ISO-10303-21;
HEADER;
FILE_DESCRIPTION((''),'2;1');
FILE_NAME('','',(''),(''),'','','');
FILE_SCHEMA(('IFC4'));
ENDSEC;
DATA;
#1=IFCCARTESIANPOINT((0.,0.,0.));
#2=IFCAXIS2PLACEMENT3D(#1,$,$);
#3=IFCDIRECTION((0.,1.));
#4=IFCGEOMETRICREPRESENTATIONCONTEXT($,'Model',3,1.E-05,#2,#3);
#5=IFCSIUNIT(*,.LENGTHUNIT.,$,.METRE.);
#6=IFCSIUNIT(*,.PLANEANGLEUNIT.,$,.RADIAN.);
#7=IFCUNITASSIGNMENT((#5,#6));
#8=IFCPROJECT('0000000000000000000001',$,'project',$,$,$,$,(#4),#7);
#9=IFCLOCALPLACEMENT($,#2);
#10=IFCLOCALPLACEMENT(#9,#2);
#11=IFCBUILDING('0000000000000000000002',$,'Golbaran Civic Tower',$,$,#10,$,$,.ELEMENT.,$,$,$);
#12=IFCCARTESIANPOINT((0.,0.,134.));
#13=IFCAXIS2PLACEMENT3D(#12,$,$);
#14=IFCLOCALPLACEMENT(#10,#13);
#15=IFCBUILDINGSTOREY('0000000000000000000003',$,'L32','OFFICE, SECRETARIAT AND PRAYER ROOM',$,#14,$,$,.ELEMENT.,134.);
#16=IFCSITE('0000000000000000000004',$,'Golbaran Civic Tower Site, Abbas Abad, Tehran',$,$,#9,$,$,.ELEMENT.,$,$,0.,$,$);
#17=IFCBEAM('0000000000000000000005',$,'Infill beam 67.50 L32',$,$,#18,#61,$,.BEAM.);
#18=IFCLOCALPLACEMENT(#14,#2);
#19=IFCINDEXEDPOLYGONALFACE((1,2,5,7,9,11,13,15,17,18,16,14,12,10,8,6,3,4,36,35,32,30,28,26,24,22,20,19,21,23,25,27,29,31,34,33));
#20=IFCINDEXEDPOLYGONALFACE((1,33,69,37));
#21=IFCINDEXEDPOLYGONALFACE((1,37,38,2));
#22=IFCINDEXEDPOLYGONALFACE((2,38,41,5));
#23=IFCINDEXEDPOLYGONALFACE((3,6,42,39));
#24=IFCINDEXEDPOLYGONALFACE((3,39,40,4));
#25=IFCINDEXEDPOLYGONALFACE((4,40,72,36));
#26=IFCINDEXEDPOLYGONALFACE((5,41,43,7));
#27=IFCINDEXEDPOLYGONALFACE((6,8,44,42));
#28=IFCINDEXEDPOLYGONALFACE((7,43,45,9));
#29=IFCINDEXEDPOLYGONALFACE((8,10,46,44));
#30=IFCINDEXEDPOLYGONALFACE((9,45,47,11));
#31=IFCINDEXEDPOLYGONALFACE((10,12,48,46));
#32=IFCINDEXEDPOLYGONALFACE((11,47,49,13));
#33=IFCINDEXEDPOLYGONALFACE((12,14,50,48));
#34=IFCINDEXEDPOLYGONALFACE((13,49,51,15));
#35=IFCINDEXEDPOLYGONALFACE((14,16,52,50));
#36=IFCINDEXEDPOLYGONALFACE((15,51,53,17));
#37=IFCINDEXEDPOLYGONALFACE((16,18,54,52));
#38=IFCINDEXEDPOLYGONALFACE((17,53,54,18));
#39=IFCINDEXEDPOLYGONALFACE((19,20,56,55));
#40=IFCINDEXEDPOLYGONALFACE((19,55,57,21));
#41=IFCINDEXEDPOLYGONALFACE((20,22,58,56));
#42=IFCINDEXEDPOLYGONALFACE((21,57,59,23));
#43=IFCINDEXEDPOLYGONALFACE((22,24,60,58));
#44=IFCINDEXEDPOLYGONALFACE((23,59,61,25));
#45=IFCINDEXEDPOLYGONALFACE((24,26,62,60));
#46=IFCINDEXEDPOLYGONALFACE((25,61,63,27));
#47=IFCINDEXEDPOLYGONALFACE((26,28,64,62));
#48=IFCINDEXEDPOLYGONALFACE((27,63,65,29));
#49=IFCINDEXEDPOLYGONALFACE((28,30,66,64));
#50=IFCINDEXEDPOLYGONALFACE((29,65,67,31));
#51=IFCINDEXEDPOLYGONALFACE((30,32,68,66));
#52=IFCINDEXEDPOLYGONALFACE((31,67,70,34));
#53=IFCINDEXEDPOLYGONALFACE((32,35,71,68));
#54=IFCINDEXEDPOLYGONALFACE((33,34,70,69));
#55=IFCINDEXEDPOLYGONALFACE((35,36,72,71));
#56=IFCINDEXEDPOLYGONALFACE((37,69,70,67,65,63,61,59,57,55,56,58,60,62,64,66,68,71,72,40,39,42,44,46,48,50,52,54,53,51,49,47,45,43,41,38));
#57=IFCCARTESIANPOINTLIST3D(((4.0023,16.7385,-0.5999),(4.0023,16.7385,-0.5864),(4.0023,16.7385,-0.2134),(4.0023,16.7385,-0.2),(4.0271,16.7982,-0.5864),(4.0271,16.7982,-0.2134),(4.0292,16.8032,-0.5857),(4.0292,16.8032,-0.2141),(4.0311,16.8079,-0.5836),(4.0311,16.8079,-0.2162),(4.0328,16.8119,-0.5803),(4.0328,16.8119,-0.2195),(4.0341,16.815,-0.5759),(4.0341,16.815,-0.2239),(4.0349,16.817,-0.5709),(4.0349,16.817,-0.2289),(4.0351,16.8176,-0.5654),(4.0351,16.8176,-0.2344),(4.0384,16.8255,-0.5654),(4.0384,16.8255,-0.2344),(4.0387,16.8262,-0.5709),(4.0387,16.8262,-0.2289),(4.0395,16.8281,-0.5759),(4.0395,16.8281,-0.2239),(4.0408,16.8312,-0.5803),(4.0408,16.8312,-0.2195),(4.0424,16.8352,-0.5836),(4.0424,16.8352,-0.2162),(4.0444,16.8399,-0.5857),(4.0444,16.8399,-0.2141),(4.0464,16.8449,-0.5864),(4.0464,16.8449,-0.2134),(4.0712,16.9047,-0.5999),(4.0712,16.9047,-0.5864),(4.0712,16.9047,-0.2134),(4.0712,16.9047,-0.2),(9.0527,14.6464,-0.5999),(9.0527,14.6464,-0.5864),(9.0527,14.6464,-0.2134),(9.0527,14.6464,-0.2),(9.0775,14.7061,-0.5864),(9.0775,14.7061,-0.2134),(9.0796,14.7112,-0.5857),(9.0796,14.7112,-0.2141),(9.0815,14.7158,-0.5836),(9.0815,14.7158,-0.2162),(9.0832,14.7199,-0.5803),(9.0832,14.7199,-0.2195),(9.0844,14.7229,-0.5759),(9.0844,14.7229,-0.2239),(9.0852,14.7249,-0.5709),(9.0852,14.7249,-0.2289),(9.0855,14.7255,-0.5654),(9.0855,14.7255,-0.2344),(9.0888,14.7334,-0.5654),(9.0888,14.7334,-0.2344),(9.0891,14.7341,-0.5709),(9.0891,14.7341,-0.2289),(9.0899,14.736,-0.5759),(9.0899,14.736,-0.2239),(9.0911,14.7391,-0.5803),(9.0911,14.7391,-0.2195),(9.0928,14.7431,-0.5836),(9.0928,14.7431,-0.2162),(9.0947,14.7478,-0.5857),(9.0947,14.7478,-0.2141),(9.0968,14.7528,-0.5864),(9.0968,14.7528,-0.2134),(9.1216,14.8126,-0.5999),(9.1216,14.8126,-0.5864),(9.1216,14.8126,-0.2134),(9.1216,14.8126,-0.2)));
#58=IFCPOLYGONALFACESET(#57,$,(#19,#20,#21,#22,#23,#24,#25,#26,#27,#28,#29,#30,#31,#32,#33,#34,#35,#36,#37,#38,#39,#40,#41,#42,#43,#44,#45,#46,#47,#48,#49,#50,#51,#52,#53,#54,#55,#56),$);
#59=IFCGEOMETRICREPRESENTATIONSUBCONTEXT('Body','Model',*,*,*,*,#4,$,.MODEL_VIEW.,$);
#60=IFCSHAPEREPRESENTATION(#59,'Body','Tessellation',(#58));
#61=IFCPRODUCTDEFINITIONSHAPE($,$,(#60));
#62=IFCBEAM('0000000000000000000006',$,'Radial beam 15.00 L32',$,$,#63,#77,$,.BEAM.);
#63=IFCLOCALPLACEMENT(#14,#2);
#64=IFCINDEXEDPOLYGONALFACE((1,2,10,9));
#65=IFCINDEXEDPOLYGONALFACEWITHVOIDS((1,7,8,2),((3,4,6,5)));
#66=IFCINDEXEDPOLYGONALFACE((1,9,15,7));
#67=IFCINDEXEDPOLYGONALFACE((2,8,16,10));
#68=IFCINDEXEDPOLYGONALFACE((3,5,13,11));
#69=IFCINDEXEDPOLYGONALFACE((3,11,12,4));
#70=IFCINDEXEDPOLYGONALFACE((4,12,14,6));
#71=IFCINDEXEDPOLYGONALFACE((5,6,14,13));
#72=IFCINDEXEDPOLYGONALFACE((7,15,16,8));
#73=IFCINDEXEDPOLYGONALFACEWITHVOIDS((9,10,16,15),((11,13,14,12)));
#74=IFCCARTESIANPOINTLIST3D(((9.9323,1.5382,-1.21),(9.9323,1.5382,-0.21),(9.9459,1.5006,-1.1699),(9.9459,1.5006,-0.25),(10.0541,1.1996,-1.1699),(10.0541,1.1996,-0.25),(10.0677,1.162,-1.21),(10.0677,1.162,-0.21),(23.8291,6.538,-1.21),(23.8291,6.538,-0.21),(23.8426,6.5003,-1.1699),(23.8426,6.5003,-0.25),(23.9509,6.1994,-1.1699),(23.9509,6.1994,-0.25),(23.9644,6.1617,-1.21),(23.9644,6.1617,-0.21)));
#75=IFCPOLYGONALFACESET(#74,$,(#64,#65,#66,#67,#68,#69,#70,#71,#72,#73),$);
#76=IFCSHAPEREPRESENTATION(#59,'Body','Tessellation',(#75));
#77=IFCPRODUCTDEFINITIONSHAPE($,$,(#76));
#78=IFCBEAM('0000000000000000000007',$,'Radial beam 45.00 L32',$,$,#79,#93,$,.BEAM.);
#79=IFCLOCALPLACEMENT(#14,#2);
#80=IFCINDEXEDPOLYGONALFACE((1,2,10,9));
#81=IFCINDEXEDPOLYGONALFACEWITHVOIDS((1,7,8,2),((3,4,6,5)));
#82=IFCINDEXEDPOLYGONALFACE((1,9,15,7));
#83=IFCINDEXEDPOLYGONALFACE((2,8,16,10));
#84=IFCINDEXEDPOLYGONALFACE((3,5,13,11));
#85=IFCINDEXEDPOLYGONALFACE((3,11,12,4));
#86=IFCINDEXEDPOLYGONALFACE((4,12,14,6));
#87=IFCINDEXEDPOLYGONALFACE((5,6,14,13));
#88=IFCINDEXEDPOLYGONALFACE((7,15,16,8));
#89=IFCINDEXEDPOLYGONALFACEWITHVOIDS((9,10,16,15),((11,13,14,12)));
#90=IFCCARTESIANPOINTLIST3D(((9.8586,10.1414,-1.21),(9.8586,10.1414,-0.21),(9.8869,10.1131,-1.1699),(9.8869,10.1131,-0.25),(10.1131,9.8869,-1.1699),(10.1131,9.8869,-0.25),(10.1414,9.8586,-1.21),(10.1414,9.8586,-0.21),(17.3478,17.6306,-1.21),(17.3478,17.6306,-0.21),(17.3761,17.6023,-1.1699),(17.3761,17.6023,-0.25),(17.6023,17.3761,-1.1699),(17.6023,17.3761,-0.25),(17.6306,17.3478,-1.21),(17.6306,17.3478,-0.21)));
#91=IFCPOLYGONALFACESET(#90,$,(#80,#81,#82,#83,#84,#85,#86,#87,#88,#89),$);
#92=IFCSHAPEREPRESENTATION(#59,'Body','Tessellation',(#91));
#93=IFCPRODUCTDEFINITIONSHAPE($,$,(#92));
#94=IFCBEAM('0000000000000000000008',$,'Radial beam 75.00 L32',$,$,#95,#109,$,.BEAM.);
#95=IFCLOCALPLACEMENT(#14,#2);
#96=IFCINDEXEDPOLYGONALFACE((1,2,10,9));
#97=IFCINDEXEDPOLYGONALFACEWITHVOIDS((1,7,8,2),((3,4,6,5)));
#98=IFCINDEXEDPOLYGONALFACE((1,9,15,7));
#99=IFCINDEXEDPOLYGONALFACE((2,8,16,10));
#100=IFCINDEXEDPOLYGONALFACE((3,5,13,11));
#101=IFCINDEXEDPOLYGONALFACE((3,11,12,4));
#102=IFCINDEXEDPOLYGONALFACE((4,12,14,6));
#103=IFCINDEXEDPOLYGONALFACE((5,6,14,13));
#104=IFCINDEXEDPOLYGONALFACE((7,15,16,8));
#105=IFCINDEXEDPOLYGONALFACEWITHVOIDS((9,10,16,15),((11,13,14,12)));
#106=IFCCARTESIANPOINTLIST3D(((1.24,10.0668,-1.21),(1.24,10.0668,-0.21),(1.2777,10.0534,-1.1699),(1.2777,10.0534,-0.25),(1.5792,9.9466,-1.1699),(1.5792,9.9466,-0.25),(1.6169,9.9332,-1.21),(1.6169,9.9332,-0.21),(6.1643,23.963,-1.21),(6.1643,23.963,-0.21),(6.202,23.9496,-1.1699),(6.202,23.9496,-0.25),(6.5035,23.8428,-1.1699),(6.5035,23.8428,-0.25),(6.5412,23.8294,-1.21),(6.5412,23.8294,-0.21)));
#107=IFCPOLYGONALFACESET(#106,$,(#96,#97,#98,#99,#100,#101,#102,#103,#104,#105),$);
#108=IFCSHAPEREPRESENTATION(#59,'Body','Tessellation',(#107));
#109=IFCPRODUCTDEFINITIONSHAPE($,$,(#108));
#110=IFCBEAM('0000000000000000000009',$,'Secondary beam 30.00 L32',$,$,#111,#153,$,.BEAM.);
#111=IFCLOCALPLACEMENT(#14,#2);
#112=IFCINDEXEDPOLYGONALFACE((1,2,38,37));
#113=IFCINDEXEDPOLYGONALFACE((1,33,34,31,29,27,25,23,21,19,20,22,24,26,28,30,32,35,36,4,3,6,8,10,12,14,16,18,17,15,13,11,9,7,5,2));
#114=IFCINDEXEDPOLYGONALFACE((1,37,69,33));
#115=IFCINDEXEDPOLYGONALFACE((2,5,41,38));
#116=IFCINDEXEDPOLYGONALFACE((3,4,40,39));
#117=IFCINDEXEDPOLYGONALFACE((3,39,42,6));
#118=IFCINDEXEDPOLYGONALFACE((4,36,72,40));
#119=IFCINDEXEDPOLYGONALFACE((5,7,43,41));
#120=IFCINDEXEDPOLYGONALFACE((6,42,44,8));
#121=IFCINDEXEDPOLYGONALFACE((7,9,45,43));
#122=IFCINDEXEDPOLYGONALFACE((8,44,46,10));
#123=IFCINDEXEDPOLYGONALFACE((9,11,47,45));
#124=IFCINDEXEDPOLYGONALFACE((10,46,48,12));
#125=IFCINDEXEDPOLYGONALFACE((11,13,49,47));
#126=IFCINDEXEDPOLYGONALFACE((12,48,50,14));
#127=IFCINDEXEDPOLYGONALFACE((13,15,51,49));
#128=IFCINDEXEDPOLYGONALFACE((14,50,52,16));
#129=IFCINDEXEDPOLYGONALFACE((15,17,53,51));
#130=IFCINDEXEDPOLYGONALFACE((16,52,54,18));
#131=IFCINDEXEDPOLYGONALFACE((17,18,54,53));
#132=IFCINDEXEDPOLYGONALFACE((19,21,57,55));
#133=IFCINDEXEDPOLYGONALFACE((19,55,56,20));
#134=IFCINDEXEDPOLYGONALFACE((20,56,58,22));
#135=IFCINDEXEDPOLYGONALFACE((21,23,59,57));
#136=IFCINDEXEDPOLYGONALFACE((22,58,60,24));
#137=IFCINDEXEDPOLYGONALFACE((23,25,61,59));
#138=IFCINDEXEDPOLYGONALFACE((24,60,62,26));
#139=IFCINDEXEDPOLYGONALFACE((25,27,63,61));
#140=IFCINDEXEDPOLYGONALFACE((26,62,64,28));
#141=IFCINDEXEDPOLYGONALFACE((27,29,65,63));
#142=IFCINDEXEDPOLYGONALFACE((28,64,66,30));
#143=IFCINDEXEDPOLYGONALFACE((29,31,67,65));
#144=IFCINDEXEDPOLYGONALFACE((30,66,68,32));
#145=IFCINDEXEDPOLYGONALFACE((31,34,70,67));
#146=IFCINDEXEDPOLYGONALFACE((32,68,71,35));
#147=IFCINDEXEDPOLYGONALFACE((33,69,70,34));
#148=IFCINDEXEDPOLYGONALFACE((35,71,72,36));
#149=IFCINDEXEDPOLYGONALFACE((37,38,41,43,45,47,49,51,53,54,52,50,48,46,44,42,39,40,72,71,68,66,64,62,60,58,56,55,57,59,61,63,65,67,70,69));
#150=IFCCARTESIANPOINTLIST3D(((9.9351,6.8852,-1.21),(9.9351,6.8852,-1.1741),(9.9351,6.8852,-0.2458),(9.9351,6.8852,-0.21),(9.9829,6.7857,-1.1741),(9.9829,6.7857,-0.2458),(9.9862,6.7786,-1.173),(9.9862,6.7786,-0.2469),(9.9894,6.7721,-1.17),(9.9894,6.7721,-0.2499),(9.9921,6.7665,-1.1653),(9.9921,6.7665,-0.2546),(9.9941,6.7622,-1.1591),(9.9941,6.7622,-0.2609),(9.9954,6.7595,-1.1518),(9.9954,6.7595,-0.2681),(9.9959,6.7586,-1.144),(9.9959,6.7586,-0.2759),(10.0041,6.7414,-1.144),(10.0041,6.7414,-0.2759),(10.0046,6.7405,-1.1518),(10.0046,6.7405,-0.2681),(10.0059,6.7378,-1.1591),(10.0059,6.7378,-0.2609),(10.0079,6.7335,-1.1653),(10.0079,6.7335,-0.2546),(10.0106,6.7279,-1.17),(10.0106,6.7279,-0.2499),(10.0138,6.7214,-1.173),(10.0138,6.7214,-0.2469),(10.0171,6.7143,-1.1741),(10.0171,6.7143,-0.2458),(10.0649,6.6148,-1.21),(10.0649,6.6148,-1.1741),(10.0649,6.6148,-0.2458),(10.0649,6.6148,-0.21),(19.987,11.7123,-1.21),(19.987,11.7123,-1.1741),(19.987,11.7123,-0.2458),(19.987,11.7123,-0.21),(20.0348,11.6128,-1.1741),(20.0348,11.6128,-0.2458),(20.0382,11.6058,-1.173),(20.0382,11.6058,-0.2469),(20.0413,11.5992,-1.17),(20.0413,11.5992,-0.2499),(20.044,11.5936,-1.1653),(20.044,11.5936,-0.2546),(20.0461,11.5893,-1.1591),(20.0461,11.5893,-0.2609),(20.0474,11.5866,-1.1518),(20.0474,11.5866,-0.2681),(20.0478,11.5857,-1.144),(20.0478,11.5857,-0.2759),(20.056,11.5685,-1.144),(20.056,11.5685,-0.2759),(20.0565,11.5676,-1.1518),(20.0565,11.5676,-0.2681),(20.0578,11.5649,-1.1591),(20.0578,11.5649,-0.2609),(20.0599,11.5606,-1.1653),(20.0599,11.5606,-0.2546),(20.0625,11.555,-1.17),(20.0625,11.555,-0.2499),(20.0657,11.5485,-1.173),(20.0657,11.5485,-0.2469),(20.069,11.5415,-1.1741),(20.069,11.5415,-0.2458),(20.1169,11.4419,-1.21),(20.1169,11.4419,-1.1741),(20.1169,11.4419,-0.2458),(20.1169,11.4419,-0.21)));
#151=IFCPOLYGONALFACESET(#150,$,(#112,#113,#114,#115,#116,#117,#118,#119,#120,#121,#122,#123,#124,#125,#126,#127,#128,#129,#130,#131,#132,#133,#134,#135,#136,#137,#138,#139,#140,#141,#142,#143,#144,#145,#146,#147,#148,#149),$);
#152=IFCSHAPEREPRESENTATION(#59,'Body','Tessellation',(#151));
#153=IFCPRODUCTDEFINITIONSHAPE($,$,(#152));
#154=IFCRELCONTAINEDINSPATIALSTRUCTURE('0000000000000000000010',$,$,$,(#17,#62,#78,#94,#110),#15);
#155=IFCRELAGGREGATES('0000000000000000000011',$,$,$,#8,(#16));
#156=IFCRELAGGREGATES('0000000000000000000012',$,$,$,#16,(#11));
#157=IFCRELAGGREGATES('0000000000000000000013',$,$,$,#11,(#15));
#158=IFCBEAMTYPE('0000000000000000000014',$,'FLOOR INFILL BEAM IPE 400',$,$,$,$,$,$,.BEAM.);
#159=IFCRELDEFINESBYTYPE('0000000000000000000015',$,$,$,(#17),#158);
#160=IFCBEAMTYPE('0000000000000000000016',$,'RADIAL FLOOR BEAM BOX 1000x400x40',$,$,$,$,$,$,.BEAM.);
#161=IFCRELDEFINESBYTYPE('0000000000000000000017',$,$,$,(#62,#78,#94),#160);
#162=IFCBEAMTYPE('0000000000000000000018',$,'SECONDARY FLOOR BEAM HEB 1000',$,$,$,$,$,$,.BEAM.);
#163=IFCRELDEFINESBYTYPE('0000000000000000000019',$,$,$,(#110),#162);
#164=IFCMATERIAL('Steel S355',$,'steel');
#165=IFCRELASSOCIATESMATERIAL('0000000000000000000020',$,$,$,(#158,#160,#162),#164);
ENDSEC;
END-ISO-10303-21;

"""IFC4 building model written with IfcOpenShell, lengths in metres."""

from ifc_helpers import new_model, si_unit, direction, frame, origin, origin_2d, place, context, subcontext, project, spatial, hollow_rectangle, i_section, extrude, material, material_profile, profile_set, type_object, element, save


model = new_model("IFC4")

# Units and contexts
model_context = context("Model", 3, precision=1e-05, world=origin(), true_north=direction((0.0, 1.0)))
body_context = subcontext(model_context, "Body", "Model", "MODEL_VIEW")
ifc_project = project(units=[si_unit("LENGTHUNIT", "METRE"), si_unit("PLANEANGLEUNIT", "RADIAN")], contexts=[model_context])

# Site, building, storey
site_placement = place(None, origin())
site = spatial("IfcSite", under=ifc_project, at=site_placement, Name="Golbaran Civic Tower Site, Abbas Abad, Tehran", CompositionType="ELEMENT", RefElevation=0.0)
building_placement = place(site_placement, origin())
building = spatial("IfcBuilding", under=site, at=building_placement, Name="Golbaran Civic Tower", CompositionType="ELEMENT")
storey_placement = place(building_placement, frame((0.0, 0.0, 134.0)))
storey = spatial("IfcBuildingStorey", under=building, at=storey_placement, Name="L32", Description="OFFICE, SECRETARIAT AND PRAYER ROOM", CompositionType="ELEMENT", Elevation=134.0)

# Beams
ifc_material_1 = material(Name="Steel S355", Category="steel")
ifc_material_profile_1 = material_profile(ifc_material_1, i_section(OverallWidth=0.1799, OverallDepth=0.3999, WebThickness=0.0085, FlangeThickness=0.0134, FilletRadius=0.021, at=origin_2d()), Name="IPE 400")
ifc_profile_set_1 = profile_set([ifc_material_profile_1], Name="Steel S355")
beam_type_1 = type_object("IfcBeamType", Name="FLOOR INFILL BEAM IPE 400", PredefinedType="BEAM", material=ifc_profile_set_1)
beam_1_placement = place(storey_placement, frame((9.0872, 14.7295, -0.3999), z_axis=(-0.92387, 0.382705, 0.0), x_axis=(-0.382705, -0.92387, 0.0)))
element("IfcBeam", 1, at=beam_1_placement, inside=storey, type_object=beam_type_1, Name="Infill beam 67.50 L32", PredefinedType="BEAM", context=body_context, shape_type="SweptSolid", body=[
    extrude(i_section(OverallWidth=0.1799, OverallDepth=0.3999, WebThickness=0.0085, FlangeThickness=0.0134, FilletRadius=0.021, at=origin_2d()), origin(), (0.0, 0.0, 1.0), 5.4666),
])
ifc_material_profile_2 = material_profile(ifc_material_1, hollow_rectangle(XDim=0.3999, YDim=1.0, WallThickness=0.04, at=origin_2d()), Name="BOX 1000x400x40")
ifc_profile_set_2 = profile_set([ifc_material_profile_2], Name="Steel S355")
beam_type_2 = type_object("IfcBeamType", Name="RADIAL FLOOR BEAM BOX 1000x400x40", PredefinedType="BEAM", material=ifc_profile_set_2)
beam_2_placement = place(storey_placement, frame((10.0, 1.3501, -0.71), z_axis=(0.940954, 0.338536, 0.0), x_axis=(-0.338536, 0.940954, 0.0)))
element("IfcBeam", 2, at=beam_2_placement, inside=storey, type_object=beam_type_2, Name="Radial beam 15.00 L32", PredefinedType="BEAM", context=body_context, shape_type="SweptSolid", body=[
    extrude(hollow_rectangle(XDim=0.3999, YDim=1.0, WallThickness=0.04, at=origin_2d()), origin(), (0.0, 0.0, 1.0), 14.7688),
])
beam_3_placement = place(storey_placement, frame((10.0, 10.0, -0.71), z_axis=(0.707107, 0.707107, 0.0), x_axis=(-0.707107, 0.707107, 0.0)))
element("IfcBeam", 3, at=beam_3_placement, inside=storey, type_object=beam_type_2, Name="Radial beam 45.00 L32", PredefinedType="BEAM", context=body_context, shape_type="SweptSolid", body=[
    extrude(hollow_rectangle(XDim=0.3999, YDim=1.0, WallThickness=0.04, at=origin_2d()), origin(), (0.0, 0.0, 1.0), 10.5913),
])
beam_4_placement = place(storey_placement, frame((1.4285, 10.0, -0.71), z_axis=(0.334012, 0.942569, 0.0), x_axis=(-0.942569, 0.334012, 0.0)))
element("IfcBeam", 4, at=beam_4_placement, inside=storey, type_object=beam_type_2, Name="Radial beam 75.00 L32", PredefinedType="BEAM", context=body_context, shape_type="SweptSolid", body=[
    extrude(hollow_rectangle(XDim=0.3999, YDim=1.0, WallThickness=0.04, at=origin_2d()), origin(), (0.0, 0.0, 1.0), 14.7429),
])
ifc_material_profile_3 = material_profile(ifc_material_1, i_section(OverallWidth=0.3, OverallDepth=1.0, WebThickness=0.019, FlangeThickness=0.0359, FilletRadius=0.03, at=origin_2d()), Name="HEB 1000")
ifc_profile_set_3 = profile_set([ifc_material_profile_3], Name="Steel S355")
beam_type_3 = type_object("IfcBeamType", Name="SECONDARY FLOOR BEAM HEB 1000", PredefinedType="BEAM", material=ifc_profile_set_3)
beam_5_placement = place(storey_placement, frame((10.0, 6.75, -0.71), z_axis=(0.901447, 0.43289, 0.0), x_axis=(-0.43289, 0.901447, 0.0)))
element("IfcBeam", 5, at=beam_5_placement, inside=storey, type_object=beam_type_3, Name="Secondary beam 30.00 L32", PredefinedType="BEAM", context=body_context, shape_type="SweptSolid", body=[
    extrude(i_section(OverallWidth=0.3, OverallDepth=1.0, WebThickness=0.019, FlangeThickness=0.0359, FilletRadius=0.03, at=origin_2d()), origin(), (0.0, 0.0, 1.0), 11.1509),
])

save(model, "model.ifc")
